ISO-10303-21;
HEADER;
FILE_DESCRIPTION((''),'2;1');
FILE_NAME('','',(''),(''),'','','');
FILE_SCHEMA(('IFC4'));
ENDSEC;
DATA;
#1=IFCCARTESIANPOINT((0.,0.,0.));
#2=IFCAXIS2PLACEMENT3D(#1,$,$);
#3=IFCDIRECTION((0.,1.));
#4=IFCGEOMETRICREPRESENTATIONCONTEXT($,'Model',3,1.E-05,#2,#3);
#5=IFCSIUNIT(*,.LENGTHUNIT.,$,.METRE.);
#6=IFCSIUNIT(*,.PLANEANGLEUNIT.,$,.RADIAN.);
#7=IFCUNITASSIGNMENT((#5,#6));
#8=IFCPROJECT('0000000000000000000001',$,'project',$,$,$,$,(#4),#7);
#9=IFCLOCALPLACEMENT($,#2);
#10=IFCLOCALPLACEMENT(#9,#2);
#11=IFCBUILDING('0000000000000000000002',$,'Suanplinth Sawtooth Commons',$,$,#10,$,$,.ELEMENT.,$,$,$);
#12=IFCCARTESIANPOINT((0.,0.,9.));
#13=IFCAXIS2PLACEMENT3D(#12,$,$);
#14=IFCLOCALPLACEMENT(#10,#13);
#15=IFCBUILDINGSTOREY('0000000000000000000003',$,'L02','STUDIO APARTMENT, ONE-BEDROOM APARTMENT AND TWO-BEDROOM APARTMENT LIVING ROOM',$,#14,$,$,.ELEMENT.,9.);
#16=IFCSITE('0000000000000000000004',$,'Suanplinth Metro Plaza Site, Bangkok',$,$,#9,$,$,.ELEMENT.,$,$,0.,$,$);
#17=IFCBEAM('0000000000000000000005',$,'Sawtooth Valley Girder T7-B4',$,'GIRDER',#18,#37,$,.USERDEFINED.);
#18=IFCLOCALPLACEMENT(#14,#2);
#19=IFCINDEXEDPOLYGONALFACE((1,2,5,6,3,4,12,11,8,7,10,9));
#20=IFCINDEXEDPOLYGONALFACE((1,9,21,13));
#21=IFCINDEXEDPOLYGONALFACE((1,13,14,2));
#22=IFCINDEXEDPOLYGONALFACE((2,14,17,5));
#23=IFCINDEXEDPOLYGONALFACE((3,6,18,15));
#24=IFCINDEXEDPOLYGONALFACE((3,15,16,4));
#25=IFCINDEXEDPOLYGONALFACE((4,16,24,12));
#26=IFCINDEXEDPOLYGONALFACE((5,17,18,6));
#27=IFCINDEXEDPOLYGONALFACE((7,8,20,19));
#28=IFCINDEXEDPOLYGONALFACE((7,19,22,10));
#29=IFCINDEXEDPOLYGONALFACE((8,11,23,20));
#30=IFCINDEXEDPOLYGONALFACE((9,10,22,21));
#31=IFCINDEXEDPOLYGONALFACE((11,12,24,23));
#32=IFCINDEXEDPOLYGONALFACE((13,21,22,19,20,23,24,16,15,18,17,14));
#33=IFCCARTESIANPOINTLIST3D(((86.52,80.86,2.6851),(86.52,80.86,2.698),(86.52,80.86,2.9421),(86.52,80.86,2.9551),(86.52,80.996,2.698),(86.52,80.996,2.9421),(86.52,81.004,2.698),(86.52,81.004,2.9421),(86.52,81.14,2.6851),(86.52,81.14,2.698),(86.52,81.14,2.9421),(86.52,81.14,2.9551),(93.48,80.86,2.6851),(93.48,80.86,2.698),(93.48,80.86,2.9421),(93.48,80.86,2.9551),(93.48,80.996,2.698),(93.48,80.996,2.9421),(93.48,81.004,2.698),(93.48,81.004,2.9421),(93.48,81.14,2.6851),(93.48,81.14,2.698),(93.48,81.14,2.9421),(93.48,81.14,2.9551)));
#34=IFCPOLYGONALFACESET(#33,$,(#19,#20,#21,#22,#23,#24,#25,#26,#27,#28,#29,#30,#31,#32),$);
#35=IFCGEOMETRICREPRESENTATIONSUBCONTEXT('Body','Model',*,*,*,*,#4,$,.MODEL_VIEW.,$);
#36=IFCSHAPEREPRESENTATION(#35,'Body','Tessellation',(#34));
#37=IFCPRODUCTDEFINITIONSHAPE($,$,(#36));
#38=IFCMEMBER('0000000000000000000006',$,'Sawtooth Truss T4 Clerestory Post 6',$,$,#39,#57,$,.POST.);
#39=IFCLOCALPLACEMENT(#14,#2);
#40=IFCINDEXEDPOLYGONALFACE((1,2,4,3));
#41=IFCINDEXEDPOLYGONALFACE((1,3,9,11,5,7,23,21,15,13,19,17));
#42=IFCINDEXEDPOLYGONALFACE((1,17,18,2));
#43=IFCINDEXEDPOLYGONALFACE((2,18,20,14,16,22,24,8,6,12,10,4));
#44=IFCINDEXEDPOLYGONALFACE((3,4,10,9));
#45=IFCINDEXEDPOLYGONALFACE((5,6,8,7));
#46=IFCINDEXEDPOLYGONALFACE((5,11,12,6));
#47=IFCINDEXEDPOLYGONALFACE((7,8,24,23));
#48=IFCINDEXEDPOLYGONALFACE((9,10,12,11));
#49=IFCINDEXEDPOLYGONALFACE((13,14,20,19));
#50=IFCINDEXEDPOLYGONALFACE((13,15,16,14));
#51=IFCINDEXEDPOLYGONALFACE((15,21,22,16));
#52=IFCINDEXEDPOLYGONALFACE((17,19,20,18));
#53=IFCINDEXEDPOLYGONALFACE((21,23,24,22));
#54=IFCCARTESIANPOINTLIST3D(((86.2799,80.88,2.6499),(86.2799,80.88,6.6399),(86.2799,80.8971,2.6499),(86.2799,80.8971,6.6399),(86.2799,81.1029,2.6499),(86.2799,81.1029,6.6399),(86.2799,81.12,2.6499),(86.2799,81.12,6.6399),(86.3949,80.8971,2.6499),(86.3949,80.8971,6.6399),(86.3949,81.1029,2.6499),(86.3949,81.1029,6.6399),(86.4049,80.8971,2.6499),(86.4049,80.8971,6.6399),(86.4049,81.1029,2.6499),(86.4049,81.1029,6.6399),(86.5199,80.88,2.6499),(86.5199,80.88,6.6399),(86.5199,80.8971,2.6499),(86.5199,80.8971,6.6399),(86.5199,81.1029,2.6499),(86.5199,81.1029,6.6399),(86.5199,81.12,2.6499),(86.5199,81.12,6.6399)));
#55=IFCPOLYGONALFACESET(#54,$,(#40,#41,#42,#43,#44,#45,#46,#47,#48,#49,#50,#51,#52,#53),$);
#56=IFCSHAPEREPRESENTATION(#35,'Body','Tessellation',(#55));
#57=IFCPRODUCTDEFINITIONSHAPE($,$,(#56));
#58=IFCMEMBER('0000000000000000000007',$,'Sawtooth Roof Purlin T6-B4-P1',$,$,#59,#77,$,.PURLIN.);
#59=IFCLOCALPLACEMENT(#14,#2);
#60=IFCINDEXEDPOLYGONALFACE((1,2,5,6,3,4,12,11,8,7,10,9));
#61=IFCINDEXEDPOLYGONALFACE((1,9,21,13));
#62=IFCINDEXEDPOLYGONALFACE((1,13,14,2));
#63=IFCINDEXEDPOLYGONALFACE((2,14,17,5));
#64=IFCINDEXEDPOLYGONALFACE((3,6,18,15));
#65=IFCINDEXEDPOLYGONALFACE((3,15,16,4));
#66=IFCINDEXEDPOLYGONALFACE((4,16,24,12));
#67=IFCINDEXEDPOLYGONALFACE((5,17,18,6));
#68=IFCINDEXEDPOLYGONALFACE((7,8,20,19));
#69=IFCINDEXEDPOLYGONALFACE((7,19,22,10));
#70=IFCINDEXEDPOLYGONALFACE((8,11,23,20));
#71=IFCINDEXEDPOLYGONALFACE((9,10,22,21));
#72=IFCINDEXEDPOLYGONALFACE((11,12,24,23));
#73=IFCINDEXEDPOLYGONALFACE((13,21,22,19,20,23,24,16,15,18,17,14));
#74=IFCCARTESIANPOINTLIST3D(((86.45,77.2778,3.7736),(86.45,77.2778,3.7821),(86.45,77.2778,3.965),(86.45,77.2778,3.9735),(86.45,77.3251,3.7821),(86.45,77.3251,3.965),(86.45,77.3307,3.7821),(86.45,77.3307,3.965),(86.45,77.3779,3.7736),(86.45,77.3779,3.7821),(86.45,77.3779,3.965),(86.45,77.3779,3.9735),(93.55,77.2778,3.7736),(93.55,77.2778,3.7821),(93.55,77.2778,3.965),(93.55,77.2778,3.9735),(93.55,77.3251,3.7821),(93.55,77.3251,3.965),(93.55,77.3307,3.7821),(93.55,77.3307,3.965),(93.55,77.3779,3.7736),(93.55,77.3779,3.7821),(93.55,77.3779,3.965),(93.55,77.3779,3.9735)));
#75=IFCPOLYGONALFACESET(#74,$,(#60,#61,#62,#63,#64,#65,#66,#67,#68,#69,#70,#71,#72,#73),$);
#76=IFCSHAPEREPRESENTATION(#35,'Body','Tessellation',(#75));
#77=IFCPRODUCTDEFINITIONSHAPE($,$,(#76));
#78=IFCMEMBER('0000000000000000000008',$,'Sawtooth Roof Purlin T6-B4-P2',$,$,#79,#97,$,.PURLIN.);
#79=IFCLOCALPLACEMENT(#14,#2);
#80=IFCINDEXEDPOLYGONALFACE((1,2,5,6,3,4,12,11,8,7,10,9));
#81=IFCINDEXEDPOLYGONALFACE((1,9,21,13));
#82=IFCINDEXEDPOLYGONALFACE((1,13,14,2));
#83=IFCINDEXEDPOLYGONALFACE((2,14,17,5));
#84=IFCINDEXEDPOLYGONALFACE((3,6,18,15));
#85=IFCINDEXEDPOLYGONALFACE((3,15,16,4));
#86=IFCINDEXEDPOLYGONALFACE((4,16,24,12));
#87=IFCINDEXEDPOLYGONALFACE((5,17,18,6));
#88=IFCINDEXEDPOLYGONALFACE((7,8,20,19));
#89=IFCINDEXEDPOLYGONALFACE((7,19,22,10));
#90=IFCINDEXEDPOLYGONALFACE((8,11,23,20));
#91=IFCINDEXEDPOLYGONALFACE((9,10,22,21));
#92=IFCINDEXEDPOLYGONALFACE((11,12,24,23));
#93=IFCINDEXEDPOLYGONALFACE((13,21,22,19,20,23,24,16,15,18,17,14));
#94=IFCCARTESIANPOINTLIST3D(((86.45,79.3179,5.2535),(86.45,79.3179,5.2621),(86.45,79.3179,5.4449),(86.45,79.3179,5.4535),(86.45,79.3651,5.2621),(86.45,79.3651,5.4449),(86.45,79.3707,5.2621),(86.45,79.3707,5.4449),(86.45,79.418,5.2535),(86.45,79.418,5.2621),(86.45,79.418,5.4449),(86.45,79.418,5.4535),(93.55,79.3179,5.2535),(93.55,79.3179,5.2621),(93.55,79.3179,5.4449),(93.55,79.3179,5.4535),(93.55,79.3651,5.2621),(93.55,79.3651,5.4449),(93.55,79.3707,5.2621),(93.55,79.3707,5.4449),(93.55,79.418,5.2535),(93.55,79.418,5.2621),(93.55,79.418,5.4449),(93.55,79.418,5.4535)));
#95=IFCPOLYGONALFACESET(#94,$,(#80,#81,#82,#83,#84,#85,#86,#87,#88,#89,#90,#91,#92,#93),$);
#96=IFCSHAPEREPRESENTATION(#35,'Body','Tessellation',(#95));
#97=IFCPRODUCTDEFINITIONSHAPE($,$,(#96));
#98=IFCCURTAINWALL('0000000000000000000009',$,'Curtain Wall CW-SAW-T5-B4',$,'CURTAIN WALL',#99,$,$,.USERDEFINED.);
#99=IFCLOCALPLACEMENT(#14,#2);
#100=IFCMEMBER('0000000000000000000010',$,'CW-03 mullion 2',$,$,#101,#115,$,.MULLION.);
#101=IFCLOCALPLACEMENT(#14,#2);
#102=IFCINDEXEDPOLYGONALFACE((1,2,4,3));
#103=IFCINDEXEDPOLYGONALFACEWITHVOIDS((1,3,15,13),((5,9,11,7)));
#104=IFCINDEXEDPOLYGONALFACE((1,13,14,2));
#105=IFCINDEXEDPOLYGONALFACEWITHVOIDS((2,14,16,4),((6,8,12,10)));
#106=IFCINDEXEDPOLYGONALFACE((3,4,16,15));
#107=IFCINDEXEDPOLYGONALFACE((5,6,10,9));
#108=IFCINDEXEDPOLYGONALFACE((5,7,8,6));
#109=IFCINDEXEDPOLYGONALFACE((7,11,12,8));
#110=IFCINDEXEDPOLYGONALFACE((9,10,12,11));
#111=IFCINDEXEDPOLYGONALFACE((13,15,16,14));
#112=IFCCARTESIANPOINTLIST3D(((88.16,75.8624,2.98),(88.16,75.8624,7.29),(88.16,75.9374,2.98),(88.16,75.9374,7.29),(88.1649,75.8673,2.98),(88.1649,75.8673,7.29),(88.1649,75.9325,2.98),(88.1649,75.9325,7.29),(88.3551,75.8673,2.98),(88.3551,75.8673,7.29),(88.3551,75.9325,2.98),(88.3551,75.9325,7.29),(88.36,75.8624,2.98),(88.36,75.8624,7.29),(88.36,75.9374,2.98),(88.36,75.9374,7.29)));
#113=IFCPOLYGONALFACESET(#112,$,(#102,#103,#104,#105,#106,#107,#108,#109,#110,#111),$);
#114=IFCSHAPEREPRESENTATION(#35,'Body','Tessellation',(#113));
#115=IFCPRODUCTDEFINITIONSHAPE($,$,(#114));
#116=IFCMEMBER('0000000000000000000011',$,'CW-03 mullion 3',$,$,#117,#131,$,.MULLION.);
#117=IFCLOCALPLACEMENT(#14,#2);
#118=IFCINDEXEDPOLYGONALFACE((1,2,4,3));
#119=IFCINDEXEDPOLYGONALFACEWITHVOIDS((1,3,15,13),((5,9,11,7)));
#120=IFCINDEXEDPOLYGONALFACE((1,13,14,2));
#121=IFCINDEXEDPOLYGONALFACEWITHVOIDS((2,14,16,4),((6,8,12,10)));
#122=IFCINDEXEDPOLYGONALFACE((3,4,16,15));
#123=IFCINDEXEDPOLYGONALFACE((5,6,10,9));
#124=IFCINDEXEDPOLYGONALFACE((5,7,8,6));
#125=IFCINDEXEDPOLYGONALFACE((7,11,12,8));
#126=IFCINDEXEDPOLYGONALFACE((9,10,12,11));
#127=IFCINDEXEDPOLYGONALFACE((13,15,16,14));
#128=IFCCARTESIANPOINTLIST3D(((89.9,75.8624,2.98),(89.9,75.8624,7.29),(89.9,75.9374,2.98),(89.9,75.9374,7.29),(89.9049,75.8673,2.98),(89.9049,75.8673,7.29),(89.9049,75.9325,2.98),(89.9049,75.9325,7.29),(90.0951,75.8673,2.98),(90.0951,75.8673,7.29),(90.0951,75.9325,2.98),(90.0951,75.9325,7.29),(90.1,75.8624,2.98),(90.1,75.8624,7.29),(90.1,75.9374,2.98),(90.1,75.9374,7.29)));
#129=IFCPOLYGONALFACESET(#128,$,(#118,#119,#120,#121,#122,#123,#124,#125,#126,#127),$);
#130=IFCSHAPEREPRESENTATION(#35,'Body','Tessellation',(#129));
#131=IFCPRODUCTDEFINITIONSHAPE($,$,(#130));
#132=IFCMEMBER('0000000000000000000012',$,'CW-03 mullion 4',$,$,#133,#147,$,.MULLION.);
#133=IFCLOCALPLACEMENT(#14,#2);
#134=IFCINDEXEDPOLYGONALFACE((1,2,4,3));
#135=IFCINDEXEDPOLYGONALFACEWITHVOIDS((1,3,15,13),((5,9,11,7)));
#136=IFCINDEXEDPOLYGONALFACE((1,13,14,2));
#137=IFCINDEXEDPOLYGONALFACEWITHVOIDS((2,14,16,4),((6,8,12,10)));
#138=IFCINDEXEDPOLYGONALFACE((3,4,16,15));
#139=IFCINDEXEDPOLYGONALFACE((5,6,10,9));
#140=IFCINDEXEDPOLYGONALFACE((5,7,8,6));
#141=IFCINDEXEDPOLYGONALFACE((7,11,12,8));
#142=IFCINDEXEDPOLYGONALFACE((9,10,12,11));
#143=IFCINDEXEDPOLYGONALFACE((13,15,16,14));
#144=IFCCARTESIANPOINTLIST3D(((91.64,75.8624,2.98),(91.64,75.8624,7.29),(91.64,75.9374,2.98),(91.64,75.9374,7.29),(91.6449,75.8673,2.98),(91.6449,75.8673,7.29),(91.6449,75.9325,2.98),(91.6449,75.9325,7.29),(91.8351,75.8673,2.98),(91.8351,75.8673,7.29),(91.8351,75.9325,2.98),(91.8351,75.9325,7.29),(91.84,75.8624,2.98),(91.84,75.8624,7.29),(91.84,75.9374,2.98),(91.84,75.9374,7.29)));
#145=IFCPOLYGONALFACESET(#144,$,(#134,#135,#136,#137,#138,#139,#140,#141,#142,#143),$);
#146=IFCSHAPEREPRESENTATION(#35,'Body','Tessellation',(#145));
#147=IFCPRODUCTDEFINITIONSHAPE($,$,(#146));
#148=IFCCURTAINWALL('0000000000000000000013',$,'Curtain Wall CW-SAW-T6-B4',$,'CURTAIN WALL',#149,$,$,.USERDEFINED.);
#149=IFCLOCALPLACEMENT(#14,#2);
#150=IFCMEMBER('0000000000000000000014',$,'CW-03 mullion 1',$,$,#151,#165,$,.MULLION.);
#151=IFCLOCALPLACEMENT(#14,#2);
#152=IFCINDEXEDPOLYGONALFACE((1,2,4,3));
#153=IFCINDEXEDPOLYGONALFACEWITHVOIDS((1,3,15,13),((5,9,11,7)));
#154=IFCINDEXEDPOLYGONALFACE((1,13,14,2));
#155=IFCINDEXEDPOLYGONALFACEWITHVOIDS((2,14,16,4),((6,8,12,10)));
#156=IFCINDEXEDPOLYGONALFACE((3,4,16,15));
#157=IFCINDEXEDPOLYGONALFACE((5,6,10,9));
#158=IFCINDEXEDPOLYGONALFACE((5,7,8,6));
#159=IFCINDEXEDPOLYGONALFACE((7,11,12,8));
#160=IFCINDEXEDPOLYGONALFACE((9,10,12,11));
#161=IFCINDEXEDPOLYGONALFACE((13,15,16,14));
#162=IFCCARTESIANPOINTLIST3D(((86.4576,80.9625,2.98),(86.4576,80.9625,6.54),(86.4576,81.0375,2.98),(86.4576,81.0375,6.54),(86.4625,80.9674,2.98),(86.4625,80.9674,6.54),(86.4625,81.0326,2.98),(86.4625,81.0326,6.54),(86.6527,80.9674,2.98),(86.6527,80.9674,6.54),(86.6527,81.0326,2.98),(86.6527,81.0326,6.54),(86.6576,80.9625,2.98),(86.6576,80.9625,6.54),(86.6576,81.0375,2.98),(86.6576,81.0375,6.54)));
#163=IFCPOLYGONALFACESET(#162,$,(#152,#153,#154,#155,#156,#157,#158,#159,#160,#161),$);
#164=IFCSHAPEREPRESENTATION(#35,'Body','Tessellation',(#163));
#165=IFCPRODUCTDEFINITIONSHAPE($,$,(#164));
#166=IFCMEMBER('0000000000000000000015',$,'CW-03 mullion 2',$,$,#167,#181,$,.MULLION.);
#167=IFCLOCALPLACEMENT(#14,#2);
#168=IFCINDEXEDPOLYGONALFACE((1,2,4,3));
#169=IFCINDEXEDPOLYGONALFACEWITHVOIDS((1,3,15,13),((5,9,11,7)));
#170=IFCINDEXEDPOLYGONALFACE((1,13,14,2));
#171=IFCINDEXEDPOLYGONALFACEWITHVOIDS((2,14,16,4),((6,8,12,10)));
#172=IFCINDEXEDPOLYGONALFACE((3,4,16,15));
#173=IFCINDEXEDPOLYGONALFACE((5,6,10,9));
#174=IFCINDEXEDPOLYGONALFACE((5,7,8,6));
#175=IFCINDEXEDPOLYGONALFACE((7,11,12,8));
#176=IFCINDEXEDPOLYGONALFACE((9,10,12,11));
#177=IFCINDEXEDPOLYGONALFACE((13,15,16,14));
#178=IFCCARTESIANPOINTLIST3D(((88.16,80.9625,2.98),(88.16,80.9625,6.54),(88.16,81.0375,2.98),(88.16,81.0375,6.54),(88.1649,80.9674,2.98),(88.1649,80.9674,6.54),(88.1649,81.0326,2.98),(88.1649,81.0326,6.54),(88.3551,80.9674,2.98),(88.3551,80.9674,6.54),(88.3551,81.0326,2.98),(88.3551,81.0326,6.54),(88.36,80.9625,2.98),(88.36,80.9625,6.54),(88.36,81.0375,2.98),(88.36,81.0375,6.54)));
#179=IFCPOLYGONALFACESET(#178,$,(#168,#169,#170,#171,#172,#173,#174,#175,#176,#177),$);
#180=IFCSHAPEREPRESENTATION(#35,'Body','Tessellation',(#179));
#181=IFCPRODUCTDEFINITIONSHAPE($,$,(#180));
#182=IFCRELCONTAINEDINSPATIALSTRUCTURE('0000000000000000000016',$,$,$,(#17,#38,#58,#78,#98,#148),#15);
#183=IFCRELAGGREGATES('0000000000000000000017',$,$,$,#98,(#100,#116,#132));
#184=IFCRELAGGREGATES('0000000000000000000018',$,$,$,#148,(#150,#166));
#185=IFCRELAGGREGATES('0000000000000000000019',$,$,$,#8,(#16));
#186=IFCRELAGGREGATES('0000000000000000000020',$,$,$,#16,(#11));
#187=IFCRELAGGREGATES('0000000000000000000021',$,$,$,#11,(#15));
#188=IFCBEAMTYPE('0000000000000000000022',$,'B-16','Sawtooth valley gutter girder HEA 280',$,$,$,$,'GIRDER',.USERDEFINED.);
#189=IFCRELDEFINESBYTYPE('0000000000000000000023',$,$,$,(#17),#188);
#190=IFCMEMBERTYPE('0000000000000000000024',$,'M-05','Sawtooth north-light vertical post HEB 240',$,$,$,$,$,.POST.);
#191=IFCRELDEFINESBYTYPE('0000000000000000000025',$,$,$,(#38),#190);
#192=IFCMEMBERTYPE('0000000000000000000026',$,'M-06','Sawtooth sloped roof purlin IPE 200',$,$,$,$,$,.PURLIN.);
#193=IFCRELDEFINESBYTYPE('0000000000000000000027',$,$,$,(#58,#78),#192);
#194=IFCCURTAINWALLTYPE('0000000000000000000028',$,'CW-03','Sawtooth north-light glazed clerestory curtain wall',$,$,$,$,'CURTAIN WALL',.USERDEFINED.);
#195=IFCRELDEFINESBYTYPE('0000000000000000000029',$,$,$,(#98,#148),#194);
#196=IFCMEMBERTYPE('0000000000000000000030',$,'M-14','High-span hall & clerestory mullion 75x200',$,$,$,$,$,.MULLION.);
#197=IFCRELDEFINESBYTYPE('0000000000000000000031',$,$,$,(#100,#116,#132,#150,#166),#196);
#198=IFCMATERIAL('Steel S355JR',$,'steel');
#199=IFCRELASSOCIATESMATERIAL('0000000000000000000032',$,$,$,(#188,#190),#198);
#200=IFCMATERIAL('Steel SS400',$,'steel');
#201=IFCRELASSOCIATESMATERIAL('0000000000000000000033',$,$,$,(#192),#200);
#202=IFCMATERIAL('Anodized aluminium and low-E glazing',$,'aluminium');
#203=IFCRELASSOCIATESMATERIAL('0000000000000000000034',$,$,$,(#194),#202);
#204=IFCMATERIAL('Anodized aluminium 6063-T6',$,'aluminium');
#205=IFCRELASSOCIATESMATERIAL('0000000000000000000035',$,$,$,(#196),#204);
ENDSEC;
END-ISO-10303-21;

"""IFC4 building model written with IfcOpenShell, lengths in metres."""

from ifc_helpers import new_model, si_unit, direction, frame, origin, origin_2d, place, context, subcontext, project, spatial, hollow_rectangle, i_section, extrude, material, material_profile, profile_set, type_object, element, aggregate, save


model = new_model("IFC4")

# Units and contexts
model_context = context("Model", 3, precision=1e-05, world=origin(), true_north=direction((0.0, 1.0)))
body_context = subcontext(model_context, "Body", "Model", "MODEL_VIEW")
ifc_project = project(units=[si_unit("LENGTHUNIT", "METRE"), si_unit("PLANEANGLEUNIT", "RADIAN")], contexts=[model_context])

# Site, building, storey
site_placement = place(None, origin())
site = spatial("IfcSite", under=ifc_project, at=site_placement, Name="Suanplinth Metro Plaza Site, Bangkok", CompositionType="ELEMENT", RefElevation=0.0)
building_placement = place(site_placement, origin())
building = spatial("IfcBuilding", under=site, at=building_placement, Name="Suanplinth Sawtooth Commons", CompositionType="ELEMENT")
storey_placement = place(building_placement, frame((0.0, 0.0, 9.0)))
storey = spatial("IfcBuildingStorey", under=building, at=storey_placement, Name="L02", Description="STUDIO APARTMENT, ONE-BEDROOM APARTMENT AND TWO-BEDROOM APARTMENT LIVING ROOM", CompositionType="ELEMENT", Elevation=9.0)

# Beam
ifc_material_1 = material(Name="Steel S355JR", Category="steel")
ifc_material_profile_1 = material_profile(ifc_material_1, i_section(OverallWidth=0.28, OverallDepth=0.27, WebThickness=0.0081, FlangeThickness=0.0129, at=origin_2d()), Name="HEA 280")
ifc_profile_set_1 = profile_set([ifc_material_profile_1], Name="Steel S355JR")
beam_type = type_object("IfcBeamType", Name="B-16", Description="Sawtooth valley gutter girder HEA 280", ElementType="GIRDER", PredefinedType="USERDEFINED", material=ifc_profile_set_1)
beam_placement = place(storey_placement, frame((86.52, 81.0, 2.8201), z_axis=(1.0, 0.0, 0.0), x_axis=(0.0, 1.0, 0.0)))
element("IfcBeam", 1, at=beam_placement, inside=storey, type_object=beam_type, Name="Sawtooth Valley Girder T7-B4", ObjectType="GIRDER", PredefinedType="USERDEFINED", context=body_context, shape_type="SweptSolid", body=[
    extrude(i_section(OverallWidth=0.28, OverallDepth=0.27, WebThickness=0.0081, FlangeThickness=0.0129, at=origin_2d()), origin(), (0.0, 0.0, 1.0), 6.96),
])

# Members
ifc_material_profile_2 = material_profile(ifc_material_1, i_section(OverallWidth=0.24, OverallDepth=0.24, WebThickness=0.01, FlangeThickness=0.0171, at=origin_2d()), Name="HEB 240")
ifc_profile_set_2 = profile_set([ifc_material_profile_2], Name="Steel S355JR")
member_type_1 = type_object("IfcMemberType", Name="M-05", Description="Sawtooth north-light vertical post HEB 240", PredefinedType="POST", material=ifc_profile_set_2)
member_1_placement = place(storey_placement, frame((86.3999, 81.0, 2.6499), z_axis=(0.0, 0.0, 1.0), x_axis=(1.0, 0.0, 0.0)))
element("IfcMember", 2, at=member_1_placement, inside=storey, type_object=member_type_1, Name="Sawtooth Truss T4 Clerestory Post 6", PredefinedType="POST", context=body_context, shape_type="SweptSolid", body=[
    extrude(i_section(OverallWidth=0.24, OverallDepth=0.24, WebThickness=0.01, FlangeThickness=0.0171, at=origin_2d()), origin(), (0.0, 0.0, 1.0), 3.99),
])
ifc_material_2 = material(Name="Steel SS400", Category="steel")
ifc_material_profile_3 = material_profile(ifc_material_2, i_section(OverallWidth=0.1001, OverallDepth=0.2, WebThickness=0.0056, FlangeThickness=0.0085, at=origin_2d()), Name="IPE 200")
ifc_profile_set_3 = profile_set([ifc_material_profile_3], Name="Steel SS400")
member_type_2 = type_object("IfcMemberType", Name="M-06", Description="Sawtooth sloped roof purlin IPE 200", PredefinedType="PURLIN", material=ifc_profile_set_3)
for number, where, z_axis, x_axis, name in (
    (3, (86.45, 77.3279, 3.8735), (1.0, 0.0, 0.0), (0.0, 1.0, 0.0), "Sawtooth Roof Purlin T6-B4-P1"),
    (4, (86.45, 79.3679, 5.3535), (1.0, 0.0, 0.0), (0.0, 1.0, 0.0), "Sawtooth Roof Purlin T6-B4-P2"),
):
    element("IfcMember", number, at=place(storey_placement, frame(where, z_axis=z_axis, x_axis=x_axis)), inside=storey, type_object=member_type_2, Name=name, PredefinedType="PURLIN", context=body_context, shape_type="SweptSolid", body=[
        extrude(i_section(OverallWidth=0.1001, OverallDepth=0.2, WebThickness=0.0056, FlangeThickness=0.0085, at=origin_2d()), origin(), (0.0, 0.0, 1.0), 7.1001),
    ])

# Curtain walls, members
ifc_material_3 = material(Name="Anodized aluminium and low-E glazing", Category="aluminium")
curtain_wall_type = type_object("IfcCurtainWallType", Name="CW-03", Description="Sawtooth north-light glazed clerestory curtain wall", ElementType="CURTAIN WALL", PredefinedType="USERDEFINED", material=ifc_material_3)
curtain_wall_1_placement = place(storey_placement, origin())
curtain_wall_1 = element("IfcCurtainWall", 5, at=curtain_wall_1_placement, inside=storey, type_object=curtain_wall_type, Name="Curtain Wall CW-SAW-T5-B4", ObjectType="CURTAIN WALL", PredefinedType="USERDEFINED")
ifc_material_4 = material(Name="Anodized aluminium 6063-T6", Category="aluminium")
ifc_material_profile_4 = material_profile(ifc_material_4, hollow_rectangle(XDim=0.075, YDim=0.2, WallThickness=0.0049, at=origin_2d()), Name="ALU-MUL 75x200")
ifc_profile_set_4 = profile_set([ifc_material_profile_4], Name="Anodized aluminium 6063-T6")
member_type_3 = type_object("IfcMemberType", Name="M-14", Description="High-span hall & clerestory mullion 75x200", PredefinedType="MULLION", material=ifc_profile_set_4)
member_2_placement = place(storey_placement, frame((88.26, 75.8999, 2.98), z_axis=(0.0, 0.0, 1.0), x_axis=(0.0, 1.0, 0.0)))
member_2 = element("IfcMember", 6, at=member_2_placement, type_object=member_type_3, Name="CW-03 mullion 2", PredefinedType="MULLION", context=body_context, shape_type="SweptSolid", body=[
    extrude(hollow_rectangle(XDim=0.075, YDim=0.2, WallThickness=0.0049, at=origin_2d()), origin(), (0.0, 0.0, 1.0), 4.3101),
])
member_3_placement = place(storey_placement, frame((90.0, 75.8999, 2.98), z_axis=(0.0, 0.0, 1.0), x_axis=(0.0, 1.0, 0.0)))
member_3 = element("IfcMember", 7, at=member_3_placement, type_object=member_type_3, Name="CW-03 mullion 3", PredefinedType="MULLION", context=body_context, shape_type="SweptSolid", body=[
    extrude(hollow_rectangle(XDim=0.075, YDim=0.2, WallThickness=0.0049, at=origin_2d()), origin(), (0.0, 0.0, 1.0), 4.3101),
])
member_4_placement = place(storey_placement, frame((91.74, 75.8999, 2.98), z_axis=(0.0, 0.0, 1.0), x_axis=(0.0, 1.0, 0.0)))
member_4 = element("IfcMember", 8, at=member_4_placement, type_object=member_type_3, Name="CW-03 mullion 4", PredefinedType="MULLION", context=body_context, shape_type="SweptSolid", body=[
    extrude(hollow_rectangle(XDim=0.075, YDim=0.2, WallThickness=0.0049, at=origin_2d()), origin(), (0.0, 0.0, 1.0), 4.3101),
])
curtain_wall_2_placement = place(storey_placement, origin())
curtain_wall_2 = element("IfcCurtainWall", 9, at=curtain_wall_2_placement, inside=storey, type_object=curtain_wall_type, Name="Curtain Wall CW-SAW-T6-B4", ObjectType="CURTAIN WALL", PredefinedType="USERDEFINED")
member_5_placement = place(storey_placement, frame((86.5576, 81.0, 2.98), z_axis=(0.0, 0.0, 1.0), x_axis=(0.0, 1.0, 0.0)))
member_5 = element("IfcMember", 10, at=member_5_placement, type_object=member_type_3, Name="CW-03 mullion 1", PredefinedType="MULLION", context=body_context, shape_type="SweptSolid", body=[
    extrude(hollow_rectangle(XDim=0.075, YDim=0.2, WallThickness=0.0049, at=origin_2d()), origin(), (0.0, 0.0, 1.0), 3.5601),
])
member_6_placement = place(storey_placement, frame((88.26, 81.0, 2.98), z_axis=(0.0, 0.0, 1.0), x_axis=(0.0, 1.0, 0.0)))
member_6 = element("IfcMember", 11, at=member_6_placement, type_object=member_type_3, Name="CW-03 mullion 2", PredefinedType="MULLION", context=body_context, shape_type="SweptSolid", body=[
    extrude(hollow_rectangle(XDim=0.075, YDim=0.2, WallThickness=0.0049, at=origin_2d()), origin(), (0.0, 0.0, 1.0), 3.5601),
])

aggregate(curtain_wall_1, [member_2, member_3, member_4])
aggregate(curtain_wall_2, [member_5, member_6])

save(model, "model.ifc")
